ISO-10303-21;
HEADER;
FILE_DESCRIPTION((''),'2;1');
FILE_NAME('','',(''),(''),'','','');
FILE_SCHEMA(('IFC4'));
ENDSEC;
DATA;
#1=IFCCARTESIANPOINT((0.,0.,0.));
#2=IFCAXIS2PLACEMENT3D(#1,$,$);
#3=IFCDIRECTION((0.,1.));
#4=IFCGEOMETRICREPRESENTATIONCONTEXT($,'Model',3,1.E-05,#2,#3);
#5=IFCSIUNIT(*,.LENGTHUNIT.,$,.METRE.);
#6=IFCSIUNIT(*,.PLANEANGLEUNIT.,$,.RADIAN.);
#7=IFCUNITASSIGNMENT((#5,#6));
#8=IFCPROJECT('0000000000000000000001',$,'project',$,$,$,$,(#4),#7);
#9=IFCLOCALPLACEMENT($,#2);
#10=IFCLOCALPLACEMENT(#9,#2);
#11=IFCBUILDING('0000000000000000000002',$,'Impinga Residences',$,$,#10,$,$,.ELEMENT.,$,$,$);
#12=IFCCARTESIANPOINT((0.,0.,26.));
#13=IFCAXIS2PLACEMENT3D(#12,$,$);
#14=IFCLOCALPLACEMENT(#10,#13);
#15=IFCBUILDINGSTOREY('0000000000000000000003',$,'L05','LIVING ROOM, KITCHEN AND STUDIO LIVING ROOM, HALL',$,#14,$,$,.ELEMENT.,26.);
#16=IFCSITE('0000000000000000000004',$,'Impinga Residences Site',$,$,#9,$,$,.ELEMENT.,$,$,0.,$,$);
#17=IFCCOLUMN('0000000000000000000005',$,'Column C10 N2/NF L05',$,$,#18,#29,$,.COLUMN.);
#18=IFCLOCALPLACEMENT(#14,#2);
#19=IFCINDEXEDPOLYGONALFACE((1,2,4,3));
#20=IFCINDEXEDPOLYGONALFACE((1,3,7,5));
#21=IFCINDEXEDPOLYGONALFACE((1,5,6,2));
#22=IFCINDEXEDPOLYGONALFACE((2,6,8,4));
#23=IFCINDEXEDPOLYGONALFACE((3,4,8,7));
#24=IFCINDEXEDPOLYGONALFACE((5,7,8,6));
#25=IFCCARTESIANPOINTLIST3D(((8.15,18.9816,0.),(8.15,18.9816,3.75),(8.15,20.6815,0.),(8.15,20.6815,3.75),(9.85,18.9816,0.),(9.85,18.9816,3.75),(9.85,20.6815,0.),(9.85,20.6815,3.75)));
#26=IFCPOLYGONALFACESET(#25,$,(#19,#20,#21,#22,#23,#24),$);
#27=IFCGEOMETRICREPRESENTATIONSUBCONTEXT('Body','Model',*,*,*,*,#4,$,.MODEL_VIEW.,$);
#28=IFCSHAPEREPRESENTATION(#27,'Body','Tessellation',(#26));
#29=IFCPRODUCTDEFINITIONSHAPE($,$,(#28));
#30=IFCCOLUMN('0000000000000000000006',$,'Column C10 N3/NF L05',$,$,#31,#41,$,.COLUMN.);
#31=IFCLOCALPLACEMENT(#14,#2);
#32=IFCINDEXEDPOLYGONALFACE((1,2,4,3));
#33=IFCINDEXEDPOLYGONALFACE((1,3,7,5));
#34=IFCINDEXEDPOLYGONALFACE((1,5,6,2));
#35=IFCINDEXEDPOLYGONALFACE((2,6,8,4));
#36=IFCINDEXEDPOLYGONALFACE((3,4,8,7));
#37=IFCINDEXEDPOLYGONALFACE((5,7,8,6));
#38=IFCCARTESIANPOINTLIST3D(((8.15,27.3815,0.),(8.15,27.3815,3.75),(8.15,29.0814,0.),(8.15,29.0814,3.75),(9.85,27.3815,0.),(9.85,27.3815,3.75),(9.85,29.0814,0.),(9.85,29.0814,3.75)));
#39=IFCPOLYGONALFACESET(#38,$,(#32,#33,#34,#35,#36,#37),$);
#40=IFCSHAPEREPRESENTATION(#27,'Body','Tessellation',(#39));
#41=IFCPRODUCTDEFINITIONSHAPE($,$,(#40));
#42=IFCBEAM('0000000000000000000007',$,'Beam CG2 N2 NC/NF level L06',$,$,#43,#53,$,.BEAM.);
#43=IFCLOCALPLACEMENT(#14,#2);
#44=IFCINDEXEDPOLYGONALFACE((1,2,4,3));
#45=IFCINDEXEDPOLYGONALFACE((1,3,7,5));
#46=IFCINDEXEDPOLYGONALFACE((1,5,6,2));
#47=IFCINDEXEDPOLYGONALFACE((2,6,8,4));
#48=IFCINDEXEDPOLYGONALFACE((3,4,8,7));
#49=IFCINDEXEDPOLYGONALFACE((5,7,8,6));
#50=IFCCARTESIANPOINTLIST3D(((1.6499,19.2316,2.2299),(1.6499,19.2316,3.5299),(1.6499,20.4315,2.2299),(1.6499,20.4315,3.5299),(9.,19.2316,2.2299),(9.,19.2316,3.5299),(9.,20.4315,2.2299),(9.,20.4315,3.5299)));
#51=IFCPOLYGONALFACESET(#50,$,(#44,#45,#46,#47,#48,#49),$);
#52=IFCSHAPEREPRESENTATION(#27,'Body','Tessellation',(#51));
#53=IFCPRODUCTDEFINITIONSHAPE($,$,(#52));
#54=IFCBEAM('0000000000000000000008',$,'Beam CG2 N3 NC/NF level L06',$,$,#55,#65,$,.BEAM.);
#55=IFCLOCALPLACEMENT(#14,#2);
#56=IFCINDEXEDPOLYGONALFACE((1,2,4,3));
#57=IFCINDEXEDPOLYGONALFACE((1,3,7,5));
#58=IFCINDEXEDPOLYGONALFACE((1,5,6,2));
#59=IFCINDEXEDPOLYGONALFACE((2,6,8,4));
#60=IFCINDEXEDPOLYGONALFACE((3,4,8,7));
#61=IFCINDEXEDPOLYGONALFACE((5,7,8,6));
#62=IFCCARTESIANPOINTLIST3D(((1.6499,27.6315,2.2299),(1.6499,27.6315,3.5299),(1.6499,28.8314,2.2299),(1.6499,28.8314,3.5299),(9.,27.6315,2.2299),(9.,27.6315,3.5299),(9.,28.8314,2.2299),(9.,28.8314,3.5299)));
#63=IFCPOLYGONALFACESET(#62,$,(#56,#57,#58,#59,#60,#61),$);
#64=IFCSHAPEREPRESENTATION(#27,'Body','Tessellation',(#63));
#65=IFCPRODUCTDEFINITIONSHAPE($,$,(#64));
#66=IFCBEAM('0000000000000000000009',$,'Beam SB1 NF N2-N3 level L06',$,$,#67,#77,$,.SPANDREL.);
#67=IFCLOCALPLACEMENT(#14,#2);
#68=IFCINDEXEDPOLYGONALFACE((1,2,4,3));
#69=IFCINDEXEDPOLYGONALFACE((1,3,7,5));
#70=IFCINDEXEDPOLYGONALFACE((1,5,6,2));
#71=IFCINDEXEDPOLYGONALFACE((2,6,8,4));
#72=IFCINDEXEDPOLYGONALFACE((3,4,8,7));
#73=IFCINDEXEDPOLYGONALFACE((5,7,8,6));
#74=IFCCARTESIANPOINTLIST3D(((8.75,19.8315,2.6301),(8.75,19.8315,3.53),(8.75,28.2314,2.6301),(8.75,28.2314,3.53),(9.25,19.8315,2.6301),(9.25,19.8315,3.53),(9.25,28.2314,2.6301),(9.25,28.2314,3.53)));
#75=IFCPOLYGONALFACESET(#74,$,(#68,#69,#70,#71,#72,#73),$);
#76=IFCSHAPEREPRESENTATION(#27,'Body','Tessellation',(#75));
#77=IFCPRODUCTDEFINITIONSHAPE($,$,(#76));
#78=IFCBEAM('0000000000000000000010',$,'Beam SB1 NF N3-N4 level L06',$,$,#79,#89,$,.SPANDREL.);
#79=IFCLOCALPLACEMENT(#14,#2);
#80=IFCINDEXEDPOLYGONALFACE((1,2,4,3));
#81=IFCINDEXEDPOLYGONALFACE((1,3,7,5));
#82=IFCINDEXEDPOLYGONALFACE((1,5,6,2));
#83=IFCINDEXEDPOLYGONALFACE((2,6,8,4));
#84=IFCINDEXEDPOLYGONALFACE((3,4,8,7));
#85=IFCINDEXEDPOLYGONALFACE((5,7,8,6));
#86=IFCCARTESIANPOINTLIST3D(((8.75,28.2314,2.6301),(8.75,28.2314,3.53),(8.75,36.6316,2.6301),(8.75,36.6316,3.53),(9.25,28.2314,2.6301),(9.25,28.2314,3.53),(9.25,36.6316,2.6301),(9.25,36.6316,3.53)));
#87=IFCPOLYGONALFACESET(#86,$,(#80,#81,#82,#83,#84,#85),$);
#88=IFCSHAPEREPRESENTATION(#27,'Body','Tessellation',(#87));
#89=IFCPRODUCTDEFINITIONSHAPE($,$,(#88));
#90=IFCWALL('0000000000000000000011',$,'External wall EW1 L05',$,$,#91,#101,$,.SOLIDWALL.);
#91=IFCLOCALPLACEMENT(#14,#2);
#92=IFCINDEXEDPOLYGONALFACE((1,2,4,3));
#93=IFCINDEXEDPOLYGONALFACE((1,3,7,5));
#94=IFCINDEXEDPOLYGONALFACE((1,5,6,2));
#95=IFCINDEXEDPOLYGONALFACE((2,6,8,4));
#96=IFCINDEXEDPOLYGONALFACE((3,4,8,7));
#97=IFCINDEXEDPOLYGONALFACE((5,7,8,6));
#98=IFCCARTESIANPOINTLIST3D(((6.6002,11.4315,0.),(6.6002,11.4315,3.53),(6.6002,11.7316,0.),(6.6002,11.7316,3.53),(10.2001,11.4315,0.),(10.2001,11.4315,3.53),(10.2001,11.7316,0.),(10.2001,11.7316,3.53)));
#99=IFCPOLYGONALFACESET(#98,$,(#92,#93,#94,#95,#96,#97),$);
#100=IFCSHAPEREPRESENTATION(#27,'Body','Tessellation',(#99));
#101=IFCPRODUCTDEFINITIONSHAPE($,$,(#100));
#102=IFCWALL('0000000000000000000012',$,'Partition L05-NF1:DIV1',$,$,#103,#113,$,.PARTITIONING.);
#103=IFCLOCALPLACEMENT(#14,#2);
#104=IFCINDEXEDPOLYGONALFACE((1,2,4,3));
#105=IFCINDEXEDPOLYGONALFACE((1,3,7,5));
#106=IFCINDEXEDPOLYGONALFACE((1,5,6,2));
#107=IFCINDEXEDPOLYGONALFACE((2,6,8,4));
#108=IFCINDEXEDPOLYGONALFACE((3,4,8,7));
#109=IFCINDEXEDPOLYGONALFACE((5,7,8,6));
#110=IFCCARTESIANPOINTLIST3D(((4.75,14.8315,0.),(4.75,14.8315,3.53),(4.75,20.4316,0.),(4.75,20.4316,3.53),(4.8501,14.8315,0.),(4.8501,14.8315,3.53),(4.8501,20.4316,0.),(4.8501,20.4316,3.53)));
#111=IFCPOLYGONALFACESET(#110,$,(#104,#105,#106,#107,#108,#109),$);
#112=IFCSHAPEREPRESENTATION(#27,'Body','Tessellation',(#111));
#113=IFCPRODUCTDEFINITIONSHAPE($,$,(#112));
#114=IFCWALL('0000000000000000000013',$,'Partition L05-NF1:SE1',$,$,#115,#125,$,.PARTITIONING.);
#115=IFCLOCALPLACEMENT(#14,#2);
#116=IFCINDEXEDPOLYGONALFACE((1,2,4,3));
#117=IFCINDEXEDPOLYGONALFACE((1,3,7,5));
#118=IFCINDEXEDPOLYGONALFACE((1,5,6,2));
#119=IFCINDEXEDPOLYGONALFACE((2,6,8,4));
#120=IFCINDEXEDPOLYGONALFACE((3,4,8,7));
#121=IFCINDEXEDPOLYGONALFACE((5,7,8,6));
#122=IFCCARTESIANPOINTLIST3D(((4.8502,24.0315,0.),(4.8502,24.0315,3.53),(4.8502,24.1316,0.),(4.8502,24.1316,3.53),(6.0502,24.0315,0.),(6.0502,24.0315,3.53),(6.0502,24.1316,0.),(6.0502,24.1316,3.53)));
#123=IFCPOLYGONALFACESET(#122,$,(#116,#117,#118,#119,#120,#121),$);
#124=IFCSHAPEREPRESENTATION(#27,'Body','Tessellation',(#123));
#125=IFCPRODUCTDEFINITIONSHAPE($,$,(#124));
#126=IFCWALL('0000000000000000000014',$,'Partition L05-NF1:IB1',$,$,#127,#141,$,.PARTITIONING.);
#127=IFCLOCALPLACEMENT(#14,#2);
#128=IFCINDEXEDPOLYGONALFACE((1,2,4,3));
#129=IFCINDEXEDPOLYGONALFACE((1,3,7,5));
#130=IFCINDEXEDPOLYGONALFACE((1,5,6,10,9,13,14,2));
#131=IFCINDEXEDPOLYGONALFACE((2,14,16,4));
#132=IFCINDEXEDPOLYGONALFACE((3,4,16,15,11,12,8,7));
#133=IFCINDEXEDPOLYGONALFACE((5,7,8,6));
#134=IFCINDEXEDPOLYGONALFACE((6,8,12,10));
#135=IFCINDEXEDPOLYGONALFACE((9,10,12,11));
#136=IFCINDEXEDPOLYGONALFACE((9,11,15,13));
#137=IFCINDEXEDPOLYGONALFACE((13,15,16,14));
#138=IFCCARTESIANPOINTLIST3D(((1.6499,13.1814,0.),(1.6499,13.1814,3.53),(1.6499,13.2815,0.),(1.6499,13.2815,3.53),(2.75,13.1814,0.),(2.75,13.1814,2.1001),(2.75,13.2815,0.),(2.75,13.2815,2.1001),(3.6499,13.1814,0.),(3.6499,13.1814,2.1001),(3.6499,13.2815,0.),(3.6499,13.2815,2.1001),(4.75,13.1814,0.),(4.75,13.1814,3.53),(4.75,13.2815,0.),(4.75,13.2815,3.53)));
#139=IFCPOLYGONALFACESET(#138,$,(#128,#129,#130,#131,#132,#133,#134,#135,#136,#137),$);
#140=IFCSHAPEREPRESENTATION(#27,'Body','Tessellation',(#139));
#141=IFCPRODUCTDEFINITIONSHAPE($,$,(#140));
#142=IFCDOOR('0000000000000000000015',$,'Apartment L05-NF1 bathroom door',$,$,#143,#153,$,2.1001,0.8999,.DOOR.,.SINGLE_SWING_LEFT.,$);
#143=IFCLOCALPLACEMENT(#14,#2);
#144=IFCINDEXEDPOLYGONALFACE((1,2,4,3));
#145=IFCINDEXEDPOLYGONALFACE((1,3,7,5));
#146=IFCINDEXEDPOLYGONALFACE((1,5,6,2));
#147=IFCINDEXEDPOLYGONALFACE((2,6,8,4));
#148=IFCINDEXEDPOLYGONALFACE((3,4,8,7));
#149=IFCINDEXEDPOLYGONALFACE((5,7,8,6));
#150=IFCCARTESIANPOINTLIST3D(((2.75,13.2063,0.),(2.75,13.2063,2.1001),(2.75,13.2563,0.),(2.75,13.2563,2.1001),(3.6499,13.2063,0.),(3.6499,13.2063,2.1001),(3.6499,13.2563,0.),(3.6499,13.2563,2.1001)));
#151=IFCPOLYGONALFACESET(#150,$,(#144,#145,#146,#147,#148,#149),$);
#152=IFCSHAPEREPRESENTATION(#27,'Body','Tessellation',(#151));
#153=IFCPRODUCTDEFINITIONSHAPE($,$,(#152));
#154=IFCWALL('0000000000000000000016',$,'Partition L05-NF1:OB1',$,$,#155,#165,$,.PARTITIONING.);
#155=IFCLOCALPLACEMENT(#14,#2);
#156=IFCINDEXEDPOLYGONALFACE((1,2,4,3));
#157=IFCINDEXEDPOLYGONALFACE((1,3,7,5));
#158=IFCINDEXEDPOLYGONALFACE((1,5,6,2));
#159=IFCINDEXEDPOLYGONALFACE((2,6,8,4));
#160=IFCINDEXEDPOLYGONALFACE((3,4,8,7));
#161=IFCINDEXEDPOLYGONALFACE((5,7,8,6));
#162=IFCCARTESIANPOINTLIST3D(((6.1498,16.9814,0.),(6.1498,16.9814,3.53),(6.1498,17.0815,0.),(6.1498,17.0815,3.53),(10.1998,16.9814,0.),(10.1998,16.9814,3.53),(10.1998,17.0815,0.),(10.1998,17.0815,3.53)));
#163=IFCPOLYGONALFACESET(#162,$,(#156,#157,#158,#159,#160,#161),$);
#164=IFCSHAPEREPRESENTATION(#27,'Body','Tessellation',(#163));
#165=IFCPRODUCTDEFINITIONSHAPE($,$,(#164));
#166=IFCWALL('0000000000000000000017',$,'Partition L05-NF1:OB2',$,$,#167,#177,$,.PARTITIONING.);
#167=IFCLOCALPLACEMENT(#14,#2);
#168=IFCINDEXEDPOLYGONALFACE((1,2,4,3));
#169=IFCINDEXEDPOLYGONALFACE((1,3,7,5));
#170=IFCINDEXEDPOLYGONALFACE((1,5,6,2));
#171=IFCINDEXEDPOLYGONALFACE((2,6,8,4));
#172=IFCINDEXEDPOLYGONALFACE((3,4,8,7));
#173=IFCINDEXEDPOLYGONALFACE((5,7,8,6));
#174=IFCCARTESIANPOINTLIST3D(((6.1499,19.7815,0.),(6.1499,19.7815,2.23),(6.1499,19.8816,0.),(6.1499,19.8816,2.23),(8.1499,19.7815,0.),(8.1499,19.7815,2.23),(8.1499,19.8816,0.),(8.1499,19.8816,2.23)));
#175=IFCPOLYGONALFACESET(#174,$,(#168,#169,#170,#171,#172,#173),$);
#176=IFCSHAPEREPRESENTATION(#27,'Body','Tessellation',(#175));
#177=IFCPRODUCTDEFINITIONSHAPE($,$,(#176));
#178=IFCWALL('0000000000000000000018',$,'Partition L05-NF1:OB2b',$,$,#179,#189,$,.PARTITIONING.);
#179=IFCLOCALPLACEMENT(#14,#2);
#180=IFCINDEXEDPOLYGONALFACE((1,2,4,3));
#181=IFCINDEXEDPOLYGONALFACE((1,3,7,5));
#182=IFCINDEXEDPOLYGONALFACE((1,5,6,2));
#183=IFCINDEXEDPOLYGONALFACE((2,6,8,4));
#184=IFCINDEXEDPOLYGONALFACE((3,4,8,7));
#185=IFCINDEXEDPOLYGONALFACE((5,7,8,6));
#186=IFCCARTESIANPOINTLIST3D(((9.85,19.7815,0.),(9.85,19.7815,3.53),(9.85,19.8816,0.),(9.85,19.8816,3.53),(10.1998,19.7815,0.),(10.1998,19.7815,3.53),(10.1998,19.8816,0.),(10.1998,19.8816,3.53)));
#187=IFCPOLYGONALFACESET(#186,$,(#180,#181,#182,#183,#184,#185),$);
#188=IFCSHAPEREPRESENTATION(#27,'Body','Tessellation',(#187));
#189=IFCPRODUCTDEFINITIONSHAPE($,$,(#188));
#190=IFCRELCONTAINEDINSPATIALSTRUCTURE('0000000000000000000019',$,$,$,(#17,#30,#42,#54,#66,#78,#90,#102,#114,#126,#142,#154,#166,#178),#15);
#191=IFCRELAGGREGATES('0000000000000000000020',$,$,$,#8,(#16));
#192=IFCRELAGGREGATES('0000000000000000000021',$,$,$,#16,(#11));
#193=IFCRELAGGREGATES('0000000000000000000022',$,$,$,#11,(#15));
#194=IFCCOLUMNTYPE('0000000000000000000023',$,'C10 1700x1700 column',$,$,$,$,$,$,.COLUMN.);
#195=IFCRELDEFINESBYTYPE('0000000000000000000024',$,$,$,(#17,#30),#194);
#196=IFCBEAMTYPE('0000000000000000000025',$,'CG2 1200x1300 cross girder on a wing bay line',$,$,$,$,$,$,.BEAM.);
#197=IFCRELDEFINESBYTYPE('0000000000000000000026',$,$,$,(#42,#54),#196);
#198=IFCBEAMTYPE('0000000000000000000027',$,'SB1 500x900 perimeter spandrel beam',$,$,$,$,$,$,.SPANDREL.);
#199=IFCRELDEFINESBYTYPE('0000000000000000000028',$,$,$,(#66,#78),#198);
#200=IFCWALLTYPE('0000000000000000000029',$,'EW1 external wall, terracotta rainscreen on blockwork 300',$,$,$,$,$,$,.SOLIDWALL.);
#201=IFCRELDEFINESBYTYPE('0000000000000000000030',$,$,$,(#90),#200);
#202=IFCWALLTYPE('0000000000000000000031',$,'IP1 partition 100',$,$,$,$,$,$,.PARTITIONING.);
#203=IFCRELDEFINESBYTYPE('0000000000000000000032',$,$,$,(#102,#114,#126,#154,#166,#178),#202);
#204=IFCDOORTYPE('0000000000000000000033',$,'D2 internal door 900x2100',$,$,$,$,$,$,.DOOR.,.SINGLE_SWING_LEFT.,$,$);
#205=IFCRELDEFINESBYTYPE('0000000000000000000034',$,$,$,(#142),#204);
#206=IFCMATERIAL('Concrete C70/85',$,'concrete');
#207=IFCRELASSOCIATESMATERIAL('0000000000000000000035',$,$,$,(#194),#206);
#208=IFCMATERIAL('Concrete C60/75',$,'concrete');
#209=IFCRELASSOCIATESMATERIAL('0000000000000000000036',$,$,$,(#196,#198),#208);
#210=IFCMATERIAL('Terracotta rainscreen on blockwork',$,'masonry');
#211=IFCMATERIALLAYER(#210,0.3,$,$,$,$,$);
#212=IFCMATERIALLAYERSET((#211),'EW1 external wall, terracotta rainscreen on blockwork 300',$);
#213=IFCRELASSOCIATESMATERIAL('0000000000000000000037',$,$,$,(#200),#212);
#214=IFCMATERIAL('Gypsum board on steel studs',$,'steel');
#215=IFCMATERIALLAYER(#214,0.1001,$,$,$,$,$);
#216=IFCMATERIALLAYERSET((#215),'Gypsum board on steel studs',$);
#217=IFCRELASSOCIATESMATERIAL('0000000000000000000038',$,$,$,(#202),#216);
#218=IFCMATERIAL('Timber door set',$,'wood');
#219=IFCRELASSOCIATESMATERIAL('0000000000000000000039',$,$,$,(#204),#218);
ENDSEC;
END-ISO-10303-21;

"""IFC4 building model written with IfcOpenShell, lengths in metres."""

from ifc_helpers import new_model, si_unit, direction, frame, frame_2d, origin, origin_2d, place, context, subcontext, project, spatial, rectangle, extrude, material, layer, layer_set, material_profile, profile_set, type_object, element, fill, save


model = new_model("IFC4")

# Units and contexts
model_context = context("Model", 3, precision=1e-05, world=origin(), true_north=direction((0.0, 1.0)))
body_context = subcontext(model_context, "Body", "Model", "MODEL_VIEW")
ifc_project = project(units=[si_unit("LENGTHUNIT", "METRE"), si_unit("PLANEANGLEUNIT", "RADIAN")], contexts=[model_context])

# Site, building, storey
site_placement = place(None, origin())
site = spatial("IfcSite", under=ifc_project, at=site_placement, Name="Impinga Residences Site", CompositionType="ELEMENT", RefElevation=0.0)
building_placement = place(site_placement, origin())
building = spatial("IfcBuilding", under=site, at=building_placement, Name="Impinga Residences", CompositionType="ELEMENT")
storey_placement = place(building_placement, frame((0.0, 0.0, 26.0)))
storey = spatial("IfcBuildingStorey", under=building, at=storey_placement, Name="L05", Description="LIVING ROOM, KITCHEN AND STUDIO LIVING ROOM, HALL", CompositionType="ELEMENT", Elevation=26.0)

# Columns
ifc_material_1 = material(Name="Concrete C70/85", Category="concrete")
ifc_material_profile_1 = material_profile(ifc_material_1, rectangle(XDim=1.7, YDim=1.7, at=origin_2d()), Name="RC 1700x1700")
ifc_profile_set_1 = profile_set([ifc_material_profile_1], Name="Concrete C70/85")
column_type = type_object("IfcColumnType", Name="C10 1700x1700 column", PredefinedType="COLUMN", material=ifc_profile_set_1)
for number, where, z_axis, x_axis, name in (
    (1, (9.0, 19.8315, 0.0), (0.0, 0.0, 1.0), (1.0, 0.0, 0.0), "Column C10 N2/NF L05"),
    (2, (9.0, 28.2314, 0.0), (0.0, 0.0, 1.0), (1.0, 0.0, 0.0), "Column C10 N3/NF L05"),
):
    element("IfcColumn", number, at=place(storey_placement, frame(where, z_axis=z_axis, x_axis=x_axis)), inside=storey, type_object=column_type, Name=name, PredefinedType="COLUMN", context=body_context, shape_type="SweptSolid", body=[
        extrude(rectangle(XDim=1.7, YDim=1.7, at=origin_2d()), origin(), (0.0, 0.0, 1.0), 3.75),
    ])

# Beams
ifc_material_2 = material(Name="Concrete C60/75", Category="concrete")
ifc_material_profile_2 = material_profile(ifc_material_2, rectangle(XDim=1.2, YDim=1.3, at=origin_2d()), Name="RC 1200x1300")
ifc_profile_set_2 = profile_set([ifc_material_profile_2], Name="Concrete C60/75")
beam_type_1 = type_object("IfcBeamType", Name="CG2 1200x1300 cross girder on a wing bay line", PredefinedType="BEAM", material=ifc_profile_set_2)
for number, where, z_axis, x_axis, name in (
    (3, (1.6499, 19.8315, 2.8799), (1.0, 0.0, 0.0), (0.0, 1.0, 0.0), "Beam CG2 N2 NC/NF level L06"),
    (4, (1.6499, 28.2314, 2.8799), (1.0, 0.0, 0.0), (0.0, 1.0, 0.0), "Beam CG2 N3 NC/NF level L06"),
):
    element("IfcBeam", number, at=place(storey_placement, frame(where, z_axis=z_axis, x_axis=x_axis)), inside=storey, type_object=beam_type_1, Name=name, PredefinedType="BEAM", context=body_context, shape_type="SweptSolid", body=[
        extrude(rectangle(XDim=1.2, YDim=1.3, at=origin_2d()), origin(), (0.0, 0.0, 1.0), 7.3501),
    ])
ifc_material_profile_3 = material_profile(ifc_material_2, rectangle(XDim=0.5, YDim=0.8999, at=origin_2d()), Name="RC 500x900")
ifc_profile_set_3 = profile_set([ifc_material_profile_3], Name="Concrete C60/75")
beam_type_2 = type_object("IfcBeamType", Name="SB1 500x900 perimeter spandrel beam", PredefinedType="SPANDREL", material=ifc_profile_set_3)
beam_1_placement = place(storey_placement, frame((9.0, 19.8315, 3.0801), z_axis=(0.0, 1.0, 0.0), x_axis=(-1.0, 0.0, 0.0)))
element("IfcBeam", 5, at=beam_1_placement, inside=storey, type_object=beam_type_2, Name="Beam SB1 NF N2-N3 level L06", PredefinedType="SPANDREL", context=body_context, shape_type="SweptSolid", body=[
    extrude(rectangle(XDim=0.5, YDim=0.8999, at=origin_2d()), origin(), (0.0, 0.0, 1.0), 8.3999),
])
beam_2_placement = place(storey_placement, frame((9.0, 28.2314, 3.0801), z_axis=(0.0, 1.0, 0.0), x_axis=(-1.0, 0.0, 0.0)))
element("IfcBeam", 6, at=beam_2_placement, inside=storey, type_object=beam_type_2, Name="Beam SB1 NF N3-N4 level L06", PredefinedType="SPANDREL", context=body_context, shape_type="SweptSolid", body=[
    extrude(rectangle(XDim=0.5, YDim=0.8999, at=origin_2d()), origin(), (0.0, 0.0, 1.0), 8.4001),
])

# Walls
ifc_material_3 = material(Name="Terracotta rainscreen on blockwork", Category="masonry")
ifc_layer_1 = layer(ifc_material_3, 0.3)
ifc_layer_set_1 = layer_set([ifc_layer_1], Name="EW1 external wall, terracotta rainscreen on blockwork 300")
wall_type_1 = type_object("IfcWallType", Name="EW1 external wall, terracotta rainscreen on blockwork 300", PredefinedType="SOLIDWALL", material=ifc_layer_set_1)
wall_1_placement = place(storey_placement, frame((10.2, 11.5815, 0.0), z_axis=(0.0, 0.0, 1.0), x_axis=(-1.0, 0.0, 0.0)))
element("IfcWall", 7, at=wall_1_placement, inside=storey, type_object=wall_type_1, Name="External wall EW1 L05", PredefinedType="SOLIDWALL", context=body_context, shape_type="SweptSolid", body=[
    extrude(rectangle(XDim=3.5999, YDim=0.3, at=frame_2d((1.7998, 0.0))), origin(), (0.0, 0.0, 1.0), 3.53),
])
ifc_material_4 = material(Name="Gypsum board on steel studs", Category="steel")
ifc_layer_2 = layer(ifc_material_4, 0.1001)
ifc_layer_set_2 = layer_set([ifc_layer_2], Name="Gypsum board on steel studs")
wall_type_2 = type_object("IfcWallType", Name="IP1 partition 100", PredefinedType="PARTITIONING", material=ifc_layer_set_2)
wall_2_placement = place(storey_placement, frame((4.8, 14.8315, 0.0), z_axis=(0.0, 0.0, 1.0), x_axis=(0.0, 1.0, 0.0)))
element("IfcWall", 8, at=wall_2_placement, inside=storey, type_object=wall_type_2, Name="Partition L05-NF1:DIV1", PredefinedType="PARTITIONING", context=body_context, shape_type="SweptSolid", body=[
    extrude(rectangle(XDim=5.6001, YDim=0.1001, at=frame_2d((2.8, 0.0))), origin(), (0.0, 0.0, 1.0), 3.53),
])
wall_3_placement = place(storey_placement, frame((4.8501, 24.0815, 0.0), z_axis=(0.0, 0.0, 1.0), x_axis=(1.0, 0.0, 0.0)))
element("IfcWall", 9, at=wall_3_placement, inside=storey, type_object=wall_type_2, Name="Partition L05-NF1:SE1", PredefinedType="PARTITIONING", context=body_context, shape_type="SweptSolid", body=[
    extrude(rectangle(XDim=1.2, YDim=0.1001, at=frame_2d((0.6001, 0.0))), origin(), (0.0, 0.0, 1.0), 3.53),
])

# Wall, opening, door
wall_4_placement = place(storey_placement, frame((1.6499, 13.2314, 0.0), z_axis=(0.0, 0.0, 1.0), x_axis=(1.0, 0.0, 0.0)))
wall_4 = element("IfcWall", 10, at=wall_4_placement, inside=storey, type_object=wall_type_2, Name="Partition L05-NF1:IB1", PredefinedType="PARTITIONING", context=body_context, shape_type="SweptSolid", body=[
    extrude(rectangle(XDim=3.1001, YDim=0.1001, at=frame_2d((1.55, 0.0))), origin(), (0.0, 0.0, 1.0), 3.53),
])
opening_1_placement = place(wall_4_placement, frame((1.1001, 0.0, 0.0)))
opening_1 = element("IfcOpeningElement", 11, at=opening_1_placement, cuts=wall_4, PredefinedType="OPENING", context=body_context, shape_type="SweptSolid", body=[
    extrude(rectangle(XDim=0.8999, YDim=2.1001, at=frame_2d((0.45, 1.05))), frame((0.0, 0.0601, 0.0), z_axis=(0.0, -1.0, 0.0), x_axis=(1.0, 0.0, 0.0)), (0.0, 0.0, 1.0), 0.1201),
])
ifc_material_5 = material(Name="Timber door set", Category="wood")
door_type = type_object("IfcDoorType", Name="D2 internal door 900x2100", OperationType="SINGLE_SWING_LEFT", PredefinedType="DOOR", material=ifc_material_5)
door_1_placement = place(opening_1_placement, origin())
door_1 = element("IfcDoor", 12, at=door_1_placement, inside=storey, type_object=door_type, Name="Apartment L05-NF1 bathroom door", OperationType="SINGLE_SWING_LEFT", OverallHeight=2.1001, OverallWidth=0.8999, PredefinedType="DOOR", context=body_context, shape_type="SweptSolid", body=[
    extrude(rectangle(XDim=0.8999, YDim=2.1001, at=frame_2d((0.45, 1.05))), frame((0.0, 0.0249, 0.0), z_axis=(0.0, -1.0, 0.0), x_axis=(1.0, 0.0, 0.0)), (0.0, 0.0, 1.0), 0.05),
])
fill(opening_1, door_1)

# Walls
wall_5_placement = place(storey_placement, frame((6.1499, 17.0315, 0.0), z_axis=(0.0, 0.0, 1.0), x_axis=(1.0, 0.0, 0.0)))
element("IfcWall", 13, at=wall_5_placement, inside=storey, type_object=wall_type_2, Name="Partition L05-NF1:OB1", PredefinedType="PARTITIONING", context=body_context, shape_type="SweptSolid", body=[
    extrude(rectangle(XDim=4.05, YDim=0.1001, at=frame_2d((2.0249, 0.0))), origin(), (0.0, 0.0, 1.0), 3.53),
])
wall_6_placement = place(storey_placement, frame((6.1499, 19.8315, 0.0), z_axis=(0.0, 0.0, 1.0), x_axis=(1.0, 0.0, 0.0)))
element("IfcWall", 14, at=wall_6_placement, inside=storey, type_object=wall_type_2, Name="Partition L05-NF1:OB2", PredefinedType="PARTITIONING", context=body_context, shape_type="SweptSolid", body=[
    extrude(rectangle(XDim=2.0, YDim=0.1001, at=frame_2d((1.0, 0.0))), origin(), (0.0, 0.0, 1.0), 2.23),
])
wall_7_placement = place(storey_placement, frame((9.8501, 19.8315, 0.0), z_axis=(0.0, 0.0, 1.0), x_axis=(1.0, 0.0, 0.0)))
element("IfcWall", 15, at=wall_7_placement, inside=storey, type_object=wall_type_2, Name="Partition L05-NF1:OB2b", PredefinedType="PARTITIONING", context=body_context, shape_type="SweptSolid", body=[
    extrude(rectangle(XDim=0.3499, YDim=0.1001, at=frame_2d((0.1748, 0.0))), origin(), (0.0, 0.0, 1.0), 3.53),
])

save(model, "model.ifc")
